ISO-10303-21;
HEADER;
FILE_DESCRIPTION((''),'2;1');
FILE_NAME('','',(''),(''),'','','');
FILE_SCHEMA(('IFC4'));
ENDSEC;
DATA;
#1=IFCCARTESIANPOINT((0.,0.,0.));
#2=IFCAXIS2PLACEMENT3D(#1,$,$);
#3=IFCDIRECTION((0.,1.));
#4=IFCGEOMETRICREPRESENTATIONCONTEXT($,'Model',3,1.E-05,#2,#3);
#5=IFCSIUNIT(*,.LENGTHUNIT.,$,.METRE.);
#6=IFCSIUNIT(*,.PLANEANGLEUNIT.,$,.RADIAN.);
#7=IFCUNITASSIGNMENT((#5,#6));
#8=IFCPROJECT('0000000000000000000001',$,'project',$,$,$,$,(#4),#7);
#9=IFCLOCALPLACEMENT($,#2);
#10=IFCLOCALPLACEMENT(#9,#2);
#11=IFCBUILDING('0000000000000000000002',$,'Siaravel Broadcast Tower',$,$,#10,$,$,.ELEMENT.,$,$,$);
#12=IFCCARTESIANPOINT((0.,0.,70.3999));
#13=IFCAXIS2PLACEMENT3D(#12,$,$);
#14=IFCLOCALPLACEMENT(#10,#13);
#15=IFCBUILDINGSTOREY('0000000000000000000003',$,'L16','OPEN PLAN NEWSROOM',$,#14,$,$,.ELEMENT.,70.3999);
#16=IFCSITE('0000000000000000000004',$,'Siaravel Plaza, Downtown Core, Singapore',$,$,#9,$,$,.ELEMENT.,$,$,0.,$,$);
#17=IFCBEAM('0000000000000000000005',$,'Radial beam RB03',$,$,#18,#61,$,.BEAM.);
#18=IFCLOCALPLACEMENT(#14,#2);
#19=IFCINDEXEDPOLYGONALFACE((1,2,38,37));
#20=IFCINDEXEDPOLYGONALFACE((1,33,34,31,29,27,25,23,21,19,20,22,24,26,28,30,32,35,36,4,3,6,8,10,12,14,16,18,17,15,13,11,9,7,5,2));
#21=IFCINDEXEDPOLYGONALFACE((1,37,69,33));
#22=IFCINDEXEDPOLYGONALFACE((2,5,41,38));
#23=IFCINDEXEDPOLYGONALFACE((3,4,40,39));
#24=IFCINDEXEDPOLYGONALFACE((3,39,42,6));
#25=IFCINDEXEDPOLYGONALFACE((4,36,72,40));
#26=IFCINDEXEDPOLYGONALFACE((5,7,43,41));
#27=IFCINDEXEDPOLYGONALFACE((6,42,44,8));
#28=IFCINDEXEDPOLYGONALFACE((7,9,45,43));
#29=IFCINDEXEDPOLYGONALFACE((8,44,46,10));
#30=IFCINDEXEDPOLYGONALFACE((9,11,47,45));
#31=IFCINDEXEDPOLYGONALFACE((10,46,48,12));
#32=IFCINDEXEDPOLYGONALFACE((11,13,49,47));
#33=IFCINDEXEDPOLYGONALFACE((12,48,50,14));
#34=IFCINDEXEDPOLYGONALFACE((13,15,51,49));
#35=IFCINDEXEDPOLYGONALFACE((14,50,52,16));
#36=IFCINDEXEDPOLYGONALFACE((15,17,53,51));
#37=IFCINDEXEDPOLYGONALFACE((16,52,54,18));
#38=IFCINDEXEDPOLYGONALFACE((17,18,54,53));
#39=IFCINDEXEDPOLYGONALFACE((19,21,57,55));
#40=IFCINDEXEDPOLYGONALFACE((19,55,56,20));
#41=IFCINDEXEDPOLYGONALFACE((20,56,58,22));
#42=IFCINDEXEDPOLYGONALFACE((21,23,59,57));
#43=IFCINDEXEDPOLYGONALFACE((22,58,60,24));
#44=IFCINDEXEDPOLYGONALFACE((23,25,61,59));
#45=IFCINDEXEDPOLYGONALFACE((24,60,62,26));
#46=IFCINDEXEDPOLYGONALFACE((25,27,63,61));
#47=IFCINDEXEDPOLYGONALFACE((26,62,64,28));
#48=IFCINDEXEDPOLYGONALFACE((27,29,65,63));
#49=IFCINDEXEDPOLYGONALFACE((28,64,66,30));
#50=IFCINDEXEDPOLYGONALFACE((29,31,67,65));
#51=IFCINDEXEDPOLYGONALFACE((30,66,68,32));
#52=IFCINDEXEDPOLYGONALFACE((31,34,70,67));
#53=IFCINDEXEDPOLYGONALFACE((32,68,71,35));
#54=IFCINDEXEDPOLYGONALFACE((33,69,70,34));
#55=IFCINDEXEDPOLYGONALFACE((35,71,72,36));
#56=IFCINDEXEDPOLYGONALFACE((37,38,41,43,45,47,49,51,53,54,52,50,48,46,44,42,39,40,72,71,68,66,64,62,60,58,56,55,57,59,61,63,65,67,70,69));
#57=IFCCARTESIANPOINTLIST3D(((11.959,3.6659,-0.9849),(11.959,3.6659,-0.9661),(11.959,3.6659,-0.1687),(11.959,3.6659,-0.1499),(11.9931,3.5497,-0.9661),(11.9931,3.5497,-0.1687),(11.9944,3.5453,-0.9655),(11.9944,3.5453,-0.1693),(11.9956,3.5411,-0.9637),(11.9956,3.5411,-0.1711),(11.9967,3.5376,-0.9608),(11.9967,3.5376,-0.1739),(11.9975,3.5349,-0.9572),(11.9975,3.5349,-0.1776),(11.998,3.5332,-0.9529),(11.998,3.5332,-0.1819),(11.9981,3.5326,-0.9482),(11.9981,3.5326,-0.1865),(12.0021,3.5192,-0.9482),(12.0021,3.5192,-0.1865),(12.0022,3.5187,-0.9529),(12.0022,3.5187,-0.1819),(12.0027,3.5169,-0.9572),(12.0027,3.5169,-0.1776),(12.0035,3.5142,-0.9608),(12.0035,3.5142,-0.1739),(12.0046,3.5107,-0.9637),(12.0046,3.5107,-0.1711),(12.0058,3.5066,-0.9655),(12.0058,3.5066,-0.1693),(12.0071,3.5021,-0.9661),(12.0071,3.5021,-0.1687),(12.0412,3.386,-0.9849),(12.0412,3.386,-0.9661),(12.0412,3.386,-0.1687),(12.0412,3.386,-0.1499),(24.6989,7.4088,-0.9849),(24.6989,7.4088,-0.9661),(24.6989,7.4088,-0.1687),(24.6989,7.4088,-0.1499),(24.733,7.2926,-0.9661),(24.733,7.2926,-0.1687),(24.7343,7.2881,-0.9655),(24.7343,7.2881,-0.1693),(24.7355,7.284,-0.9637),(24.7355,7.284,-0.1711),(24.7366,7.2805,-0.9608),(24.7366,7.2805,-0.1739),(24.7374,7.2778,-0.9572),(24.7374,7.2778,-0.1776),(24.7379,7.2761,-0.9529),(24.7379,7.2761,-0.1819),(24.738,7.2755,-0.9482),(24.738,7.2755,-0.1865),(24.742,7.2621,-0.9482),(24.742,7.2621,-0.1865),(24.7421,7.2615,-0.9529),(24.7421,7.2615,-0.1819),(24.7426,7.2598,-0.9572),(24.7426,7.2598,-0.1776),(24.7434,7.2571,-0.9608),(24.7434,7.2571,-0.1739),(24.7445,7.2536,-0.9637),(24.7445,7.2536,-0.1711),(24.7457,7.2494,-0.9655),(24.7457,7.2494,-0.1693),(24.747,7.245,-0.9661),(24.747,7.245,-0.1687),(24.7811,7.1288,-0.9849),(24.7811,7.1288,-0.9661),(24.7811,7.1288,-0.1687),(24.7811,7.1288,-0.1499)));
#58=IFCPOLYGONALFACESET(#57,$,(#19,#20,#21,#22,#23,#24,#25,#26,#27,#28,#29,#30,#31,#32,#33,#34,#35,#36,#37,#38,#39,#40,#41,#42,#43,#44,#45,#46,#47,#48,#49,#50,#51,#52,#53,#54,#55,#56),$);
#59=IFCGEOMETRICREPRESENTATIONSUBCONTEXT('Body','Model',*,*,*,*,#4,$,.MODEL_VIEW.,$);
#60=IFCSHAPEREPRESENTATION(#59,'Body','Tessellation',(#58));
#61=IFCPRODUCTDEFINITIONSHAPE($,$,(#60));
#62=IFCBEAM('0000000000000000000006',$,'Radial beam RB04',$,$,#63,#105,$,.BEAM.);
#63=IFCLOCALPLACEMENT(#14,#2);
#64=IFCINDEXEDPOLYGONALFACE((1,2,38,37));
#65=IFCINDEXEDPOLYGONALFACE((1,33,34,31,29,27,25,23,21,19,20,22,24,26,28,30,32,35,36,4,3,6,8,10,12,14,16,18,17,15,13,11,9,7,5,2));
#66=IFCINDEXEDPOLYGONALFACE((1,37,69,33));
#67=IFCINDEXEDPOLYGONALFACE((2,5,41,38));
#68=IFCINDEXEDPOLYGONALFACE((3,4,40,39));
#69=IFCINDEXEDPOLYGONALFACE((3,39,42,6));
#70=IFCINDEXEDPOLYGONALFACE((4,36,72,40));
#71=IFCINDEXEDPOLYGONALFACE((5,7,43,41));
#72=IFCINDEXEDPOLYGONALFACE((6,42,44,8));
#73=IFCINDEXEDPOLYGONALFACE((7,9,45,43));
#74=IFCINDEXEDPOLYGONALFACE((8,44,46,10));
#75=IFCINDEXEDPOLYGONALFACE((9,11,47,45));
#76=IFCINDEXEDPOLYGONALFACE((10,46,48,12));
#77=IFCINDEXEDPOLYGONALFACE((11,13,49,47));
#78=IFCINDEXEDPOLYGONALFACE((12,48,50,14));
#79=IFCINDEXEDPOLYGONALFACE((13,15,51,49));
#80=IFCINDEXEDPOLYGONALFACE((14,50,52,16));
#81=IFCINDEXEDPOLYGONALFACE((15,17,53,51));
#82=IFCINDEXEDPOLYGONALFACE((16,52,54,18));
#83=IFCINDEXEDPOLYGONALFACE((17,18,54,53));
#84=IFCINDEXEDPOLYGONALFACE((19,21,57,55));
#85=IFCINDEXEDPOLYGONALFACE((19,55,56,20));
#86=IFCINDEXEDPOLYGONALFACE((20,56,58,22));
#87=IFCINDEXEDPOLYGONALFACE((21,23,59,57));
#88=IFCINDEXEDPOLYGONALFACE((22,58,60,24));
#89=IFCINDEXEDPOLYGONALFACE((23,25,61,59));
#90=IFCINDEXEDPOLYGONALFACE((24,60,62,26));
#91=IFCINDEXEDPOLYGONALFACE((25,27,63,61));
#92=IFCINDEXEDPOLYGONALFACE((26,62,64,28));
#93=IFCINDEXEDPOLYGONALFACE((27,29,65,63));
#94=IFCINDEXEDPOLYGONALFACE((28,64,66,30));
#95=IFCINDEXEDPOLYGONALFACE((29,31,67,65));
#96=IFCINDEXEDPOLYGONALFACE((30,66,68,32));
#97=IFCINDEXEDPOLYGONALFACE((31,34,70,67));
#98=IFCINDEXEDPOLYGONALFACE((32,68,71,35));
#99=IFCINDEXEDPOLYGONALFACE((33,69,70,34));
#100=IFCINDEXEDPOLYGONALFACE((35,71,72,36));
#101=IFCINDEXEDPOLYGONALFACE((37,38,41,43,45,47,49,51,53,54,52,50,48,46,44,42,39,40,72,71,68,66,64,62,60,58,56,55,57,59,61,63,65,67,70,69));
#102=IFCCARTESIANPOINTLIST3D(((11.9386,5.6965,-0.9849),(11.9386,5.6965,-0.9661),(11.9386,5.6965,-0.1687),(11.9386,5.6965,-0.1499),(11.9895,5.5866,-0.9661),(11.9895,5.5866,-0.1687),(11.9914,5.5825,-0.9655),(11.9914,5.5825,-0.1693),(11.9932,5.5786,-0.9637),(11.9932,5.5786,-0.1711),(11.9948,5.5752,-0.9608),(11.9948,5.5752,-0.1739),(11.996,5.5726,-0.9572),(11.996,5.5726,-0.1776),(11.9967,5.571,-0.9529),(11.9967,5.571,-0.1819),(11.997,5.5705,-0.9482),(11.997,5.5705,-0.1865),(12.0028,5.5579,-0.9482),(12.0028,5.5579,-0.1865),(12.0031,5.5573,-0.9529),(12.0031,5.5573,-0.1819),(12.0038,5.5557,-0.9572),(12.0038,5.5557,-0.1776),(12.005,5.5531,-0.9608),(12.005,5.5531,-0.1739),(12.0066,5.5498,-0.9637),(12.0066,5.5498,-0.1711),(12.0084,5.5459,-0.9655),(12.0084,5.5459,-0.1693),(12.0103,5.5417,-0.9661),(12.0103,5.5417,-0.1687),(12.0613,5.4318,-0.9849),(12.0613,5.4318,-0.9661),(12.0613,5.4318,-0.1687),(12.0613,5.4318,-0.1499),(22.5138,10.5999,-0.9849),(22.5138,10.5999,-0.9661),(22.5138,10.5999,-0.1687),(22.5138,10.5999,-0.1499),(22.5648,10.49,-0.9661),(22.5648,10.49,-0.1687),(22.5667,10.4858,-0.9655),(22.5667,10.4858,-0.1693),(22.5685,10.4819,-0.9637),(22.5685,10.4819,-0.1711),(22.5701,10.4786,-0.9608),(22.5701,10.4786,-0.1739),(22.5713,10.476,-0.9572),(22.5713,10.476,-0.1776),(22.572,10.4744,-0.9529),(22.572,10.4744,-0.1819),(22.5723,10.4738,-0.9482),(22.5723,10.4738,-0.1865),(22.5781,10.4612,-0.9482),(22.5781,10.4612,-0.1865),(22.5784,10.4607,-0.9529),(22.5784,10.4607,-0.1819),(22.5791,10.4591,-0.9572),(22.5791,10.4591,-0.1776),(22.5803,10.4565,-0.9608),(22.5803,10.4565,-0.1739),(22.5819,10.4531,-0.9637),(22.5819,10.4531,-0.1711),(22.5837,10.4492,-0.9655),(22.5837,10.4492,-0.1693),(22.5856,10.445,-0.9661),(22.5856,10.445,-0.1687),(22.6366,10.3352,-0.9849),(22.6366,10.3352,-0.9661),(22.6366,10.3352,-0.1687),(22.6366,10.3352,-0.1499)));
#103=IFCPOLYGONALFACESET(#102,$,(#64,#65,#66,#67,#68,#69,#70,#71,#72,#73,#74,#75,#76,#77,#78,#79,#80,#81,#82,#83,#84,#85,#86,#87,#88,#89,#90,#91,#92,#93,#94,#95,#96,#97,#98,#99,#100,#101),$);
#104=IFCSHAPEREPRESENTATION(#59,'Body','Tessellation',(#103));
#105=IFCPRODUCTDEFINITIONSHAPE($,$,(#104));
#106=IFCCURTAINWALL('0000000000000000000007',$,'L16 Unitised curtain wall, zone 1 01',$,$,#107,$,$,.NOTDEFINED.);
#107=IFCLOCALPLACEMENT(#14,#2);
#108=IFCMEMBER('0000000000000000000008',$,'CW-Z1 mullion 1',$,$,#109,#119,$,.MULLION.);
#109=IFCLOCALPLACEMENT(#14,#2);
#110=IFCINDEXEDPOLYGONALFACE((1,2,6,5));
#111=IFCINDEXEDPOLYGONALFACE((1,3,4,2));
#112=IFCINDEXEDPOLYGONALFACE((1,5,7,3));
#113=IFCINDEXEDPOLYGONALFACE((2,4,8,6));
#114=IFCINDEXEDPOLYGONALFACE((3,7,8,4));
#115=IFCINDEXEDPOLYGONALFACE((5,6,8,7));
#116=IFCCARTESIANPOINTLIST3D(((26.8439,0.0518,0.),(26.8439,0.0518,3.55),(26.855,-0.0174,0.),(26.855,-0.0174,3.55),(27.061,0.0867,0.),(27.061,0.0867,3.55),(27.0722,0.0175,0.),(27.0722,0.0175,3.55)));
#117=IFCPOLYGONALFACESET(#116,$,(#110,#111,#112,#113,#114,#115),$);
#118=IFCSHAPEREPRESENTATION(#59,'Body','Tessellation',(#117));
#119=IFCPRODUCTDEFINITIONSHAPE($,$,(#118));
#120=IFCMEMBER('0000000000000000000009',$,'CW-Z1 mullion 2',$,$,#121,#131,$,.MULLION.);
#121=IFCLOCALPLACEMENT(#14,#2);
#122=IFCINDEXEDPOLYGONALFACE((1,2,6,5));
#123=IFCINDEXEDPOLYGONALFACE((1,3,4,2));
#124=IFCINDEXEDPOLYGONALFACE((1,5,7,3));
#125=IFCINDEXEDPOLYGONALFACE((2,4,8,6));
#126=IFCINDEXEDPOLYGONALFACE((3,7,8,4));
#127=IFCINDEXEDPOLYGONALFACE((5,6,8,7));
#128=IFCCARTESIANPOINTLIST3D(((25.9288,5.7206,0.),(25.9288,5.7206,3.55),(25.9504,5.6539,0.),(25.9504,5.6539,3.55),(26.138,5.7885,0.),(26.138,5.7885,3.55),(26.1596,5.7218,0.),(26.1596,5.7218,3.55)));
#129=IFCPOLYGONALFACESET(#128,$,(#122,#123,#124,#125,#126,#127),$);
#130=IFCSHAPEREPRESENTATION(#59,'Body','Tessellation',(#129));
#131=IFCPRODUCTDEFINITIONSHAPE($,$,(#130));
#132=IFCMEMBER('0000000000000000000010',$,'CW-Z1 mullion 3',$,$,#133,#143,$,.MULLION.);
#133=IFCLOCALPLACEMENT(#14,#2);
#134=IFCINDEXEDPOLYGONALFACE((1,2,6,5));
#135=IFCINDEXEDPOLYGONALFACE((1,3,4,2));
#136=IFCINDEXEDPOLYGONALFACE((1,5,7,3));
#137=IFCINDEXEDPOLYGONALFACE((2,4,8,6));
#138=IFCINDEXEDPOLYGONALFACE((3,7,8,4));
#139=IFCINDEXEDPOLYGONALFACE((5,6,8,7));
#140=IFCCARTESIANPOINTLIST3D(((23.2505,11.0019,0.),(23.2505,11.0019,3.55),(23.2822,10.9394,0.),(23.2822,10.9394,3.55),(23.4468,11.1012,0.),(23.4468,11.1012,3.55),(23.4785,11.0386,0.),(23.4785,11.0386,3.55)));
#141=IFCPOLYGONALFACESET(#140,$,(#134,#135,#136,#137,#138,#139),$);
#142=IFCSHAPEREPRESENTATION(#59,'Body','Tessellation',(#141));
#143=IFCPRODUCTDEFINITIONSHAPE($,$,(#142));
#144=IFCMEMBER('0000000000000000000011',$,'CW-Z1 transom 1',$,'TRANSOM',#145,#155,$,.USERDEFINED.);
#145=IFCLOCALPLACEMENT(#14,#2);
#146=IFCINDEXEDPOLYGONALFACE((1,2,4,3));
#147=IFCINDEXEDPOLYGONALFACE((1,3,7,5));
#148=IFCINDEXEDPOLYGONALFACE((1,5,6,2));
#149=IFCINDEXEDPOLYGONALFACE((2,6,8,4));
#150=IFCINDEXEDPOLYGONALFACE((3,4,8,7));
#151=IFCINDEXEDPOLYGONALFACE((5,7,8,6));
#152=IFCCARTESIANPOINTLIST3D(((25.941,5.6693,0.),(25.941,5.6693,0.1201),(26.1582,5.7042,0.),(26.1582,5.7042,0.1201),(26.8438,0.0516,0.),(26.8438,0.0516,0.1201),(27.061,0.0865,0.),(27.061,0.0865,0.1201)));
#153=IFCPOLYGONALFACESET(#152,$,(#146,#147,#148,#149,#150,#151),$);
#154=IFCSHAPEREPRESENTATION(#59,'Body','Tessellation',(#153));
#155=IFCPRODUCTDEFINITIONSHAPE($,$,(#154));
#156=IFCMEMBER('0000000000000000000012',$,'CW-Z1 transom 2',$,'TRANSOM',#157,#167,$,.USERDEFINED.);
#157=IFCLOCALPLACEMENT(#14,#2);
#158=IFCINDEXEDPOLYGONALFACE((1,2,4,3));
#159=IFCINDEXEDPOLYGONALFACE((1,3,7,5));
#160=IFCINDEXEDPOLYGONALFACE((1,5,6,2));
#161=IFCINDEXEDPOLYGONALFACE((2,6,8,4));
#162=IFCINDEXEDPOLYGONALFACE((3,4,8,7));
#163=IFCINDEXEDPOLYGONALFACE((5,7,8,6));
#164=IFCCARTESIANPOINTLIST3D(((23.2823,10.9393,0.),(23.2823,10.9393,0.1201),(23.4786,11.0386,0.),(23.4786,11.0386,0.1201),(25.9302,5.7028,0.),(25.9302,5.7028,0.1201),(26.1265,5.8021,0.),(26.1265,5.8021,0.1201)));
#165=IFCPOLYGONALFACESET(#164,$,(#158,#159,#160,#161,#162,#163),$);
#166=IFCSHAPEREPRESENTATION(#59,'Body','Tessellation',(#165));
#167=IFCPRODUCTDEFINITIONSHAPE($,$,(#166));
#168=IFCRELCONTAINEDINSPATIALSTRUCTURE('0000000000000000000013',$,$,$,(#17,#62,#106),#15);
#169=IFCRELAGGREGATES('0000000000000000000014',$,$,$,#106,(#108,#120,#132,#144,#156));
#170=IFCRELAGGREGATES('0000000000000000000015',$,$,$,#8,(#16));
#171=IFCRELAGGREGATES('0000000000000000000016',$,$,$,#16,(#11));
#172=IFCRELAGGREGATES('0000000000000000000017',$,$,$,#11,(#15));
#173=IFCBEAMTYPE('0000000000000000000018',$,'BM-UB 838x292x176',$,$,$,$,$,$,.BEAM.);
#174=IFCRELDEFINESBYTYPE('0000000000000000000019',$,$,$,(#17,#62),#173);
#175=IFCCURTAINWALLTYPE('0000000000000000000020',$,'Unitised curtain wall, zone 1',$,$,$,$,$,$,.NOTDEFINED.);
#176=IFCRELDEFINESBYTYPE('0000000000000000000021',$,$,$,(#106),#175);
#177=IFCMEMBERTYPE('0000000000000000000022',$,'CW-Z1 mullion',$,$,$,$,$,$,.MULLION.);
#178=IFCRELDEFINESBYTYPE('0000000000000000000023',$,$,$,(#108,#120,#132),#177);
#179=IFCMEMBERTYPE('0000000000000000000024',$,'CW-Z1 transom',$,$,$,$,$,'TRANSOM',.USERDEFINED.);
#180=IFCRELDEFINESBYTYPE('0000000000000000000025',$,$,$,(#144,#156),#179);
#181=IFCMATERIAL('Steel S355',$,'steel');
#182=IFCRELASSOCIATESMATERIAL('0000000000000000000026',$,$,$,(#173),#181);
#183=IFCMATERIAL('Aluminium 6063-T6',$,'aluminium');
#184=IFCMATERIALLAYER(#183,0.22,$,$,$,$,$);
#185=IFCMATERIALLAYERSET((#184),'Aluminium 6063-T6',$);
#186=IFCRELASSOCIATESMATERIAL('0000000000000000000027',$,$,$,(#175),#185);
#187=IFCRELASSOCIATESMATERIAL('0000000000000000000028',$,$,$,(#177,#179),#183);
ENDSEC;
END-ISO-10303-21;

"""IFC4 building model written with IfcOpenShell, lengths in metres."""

from ifc_helpers import new_model, si_unit, direction, frame, origin, origin_2d, place, context, subcontext, project, spatial, rectangle, i_section, extrude, material, layer, layer_set, material_profile, profile_set, type_object, element, aggregate, save


model = new_model("IFC4")

# Units and contexts
model_context = context("Model", 3, precision=1e-05, world=origin(), true_north=direction((0.0, 1.0)))
body_context = subcontext(model_context, "Body", "Model", "MODEL_VIEW")
ifc_project = project(units=[si_unit("LENGTHUNIT", "METRE"), si_unit("PLANEANGLEUNIT", "RADIAN")], contexts=[model_context])

# Site, building, storey
site_placement = place(None, origin())
site = spatial("IfcSite", under=ifc_project, at=site_placement, Name="Siaravel Plaza, Downtown Core, Singapore", CompositionType="ELEMENT", RefElevation=0.0)
building_placement = place(site_placement, origin())
building = spatial("IfcBuilding", under=site, at=building_placement, Name="Siaravel Broadcast Tower", CompositionType="ELEMENT")
storey_placement = place(building_placement, frame((0.0, 0.0, 70.3999)))
storey = spatial("IfcBuildingStorey", under=building, at=storey_placement, Name="L16", Description="OPEN PLAN NEWSROOM", CompositionType="ELEMENT", Elevation=70.3999)

# Beams
ifc_material_1 = material(Name="Steel S355", Category="steel")
ifc_material_profile_1 = material_profile(ifc_material_1, i_section(OverallWidth=0.2917, OverallDepth=0.835, WebThickness=0.0139, FlangeThickness=0.0188, FilletRadius=0.0178, at=origin_2d()))
ifc_profile_set_1 = profile_set([ifc_material_profile_1], Name="Steel S355")
beam_type = type_object("IfcBeamType", Name="BM-UB 838x292x176", PredefinedType="BEAM", material=ifc_profile_set_1)
beam_1_placement = place(storey_placement, frame((24.74, 7.2688, -0.5674), z_axis=(-0.95945, -0.28188, 0.0), x_axis=(0.28188, -0.95945, 0.0)))
element("IfcBeam", 1, at=beam_1_placement, inside=storey, type_object=beam_type, Name="Radial beam RB03", PredefinedType="BEAM", context=body_context, shape_type="SweptSolid", body=[
    extrude(i_section(OverallWidth=0.2917, OverallDepth=0.835, WebThickness=0.0139, FlangeThickness=0.0188, FilletRadius=0.0178, at=origin_2d()), origin(), (0.0, 0.0, 1.0), 13.2783),
])
beam_2_placement = place(storey_placement, frame((22.5752, 10.4675, -0.5674), z_axis=(-0.907225, -0.420646, 0.0), x_axis=(0.420646, -0.907225, 0.0)))
element("IfcBeam", 2, at=beam_2_placement, inside=storey, type_object=beam_type, Name="Radial beam RB04", PredefinedType="BEAM", context=body_context, shape_type="SweptSolid", body=[
    extrude(i_section(OverallWidth=0.2917, OverallDepth=0.835, WebThickness=0.0139, FlangeThickness=0.0188, FilletRadius=0.0178, at=origin_2d()), origin(), (0.0, 0.0, 1.0), 11.6567),
])

# Curtain wall, members
ifc_material_2 = material(Name="Aluminium 6063-T6", Category="aluminium")
ifc_layer_1 = layer(ifc_material_2, 0.22)
ifc_layer_set_1 = layer_set([ifc_layer_1], Name="Aluminium 6063-T6")
curtain_wall_type = type_object("IfcCurtainWallType", Name="Unitised curtain wall, zone 1", PredefinedType="NOTDEFINED", material=ifc_layer_set_1)
curtain_wall_placement = place(storey_placement, origin())
curtain_wall = element("IfcCurtainWall", 3, at=curtain_wall_placement, inside=storey, type_object=curtain_wall_type, Name="L16 Unitised curtain wall, zone 1 01", PredefinedType="NOTDEFINED")
ifc_material_profile_2 = material_profile(ifc_material_2, rectangle(XDim=0.22, YDim=0.0701, at=origin_2d()))
ifc_profile_set_2 = profile_set([ifc_material_profile_2], Name="Aluminium 6063-T6")
member_type_1 = type_object("IfcMemberType", Name="CW-Z1 mullion", PredefinedType="MULLION", material=ifc_profile_set_2)
member_1_placement = place(storey_placement, frame((26.958, 0.0347, 0.0), z_axis=(0.0, 0.0, 1.0), x_axis=(-0.987329, -0.158685, 0.0)))
member_1 = element("IfcMember", 4, at=member_1_placement, type_object=member_type_1, Name="CW-Z1 mullion 1", PredefinedType="MULLION", context=body_context, shape_type="SweptSolid", body=[
    extrude(rectangle(XDim=0.22, YDim=0.0701, at=origin_2d()), origin(), (0.0, 0.0, 1.0), 3.55),
])
member_2_placement = place(storey_placement, frame((26.0442, 5.7212, 0.0), z_axis=(0.0, 0.0, 1.0), x_axis=(-0.951177, -0.308645, 0.0)))
member_2 = element("IfcMember", 5, at=member_2_placement, type_object=member_type_1, Name="CW-Z1 mullion 2", PredefinedType="MULLION", context=body_context, shape_type="SweptSolid", body=[
    extrude(rectangle(XDim=0.22, YDim=0.0701, at=origin_2d()), origin(), (0.0, 0.0, 1.0), 3.55),
])
member_3_placement = place(storey_placement, frame((23.3645, 11.0203, 0.0), z_axis=(0.0, 0.0, 1.0), x_axis=(-0.892392, -0.451261, 0.0)))
member_3 = element("IfcMember", 6, at=member_3_placement, type_object=member_type_1, Name="CW-Z1 mullion 3", PredefinedType="MULLION", context=body_context, shape_type="SweptSolid", body=[
    extrude(rectangle(XDim=0.22, YDim=0.0701, at=origin_2d()), origin(), (0.0, 0.0, 1.0), 3.55),
])
ifc_material_profile_3 = material_profile(ifc_material_2, rectangle(XDim=0.22, YDim=0.1201, at=origin_2d()))
ifc_profile_set_3 = profile_set([ifc_material_profile_3], Name="Aluminium 6063-T6")
member_type_2 = type_object("IfcMemberType", Name="CW-Z1 transom", ElementType="TRANSOM", PredefinedType="USERDEFINED", material=ifc_profile_set_3)
member_4_placement = place(storey_placement, frame((26.9524, 0.0691, 0.0601), z_axis=(-0.158677, 0.987331, 0.0), x_axis=(-0.987331, -0.158677, 0.0)))
member_4 = element("IfcMember", 7, at=member_4_placement, type_object=member_type_2, Name="CW-Z1 transom 1", ObjectType="TRANSOM", PredefinedType="USERDEFINED", context=body_context, shape_type="SweptSolid", body=[
    extrude(rectangle(XDim=0.22, YDim=0.1201, at=origin_2d()), origin(), (0.0, 0.0, 1.0), 5.6897),
])
member_5_placement = place(storey_placement, frame((26.0283, 5.7524, 0.0601), z_axis=(-0.451253, 0.892396, 0.0), x_axis=(-0.892396, -0.451253, 0.0)))
member_5 = element("IfcMember", 8, at=member_5_placement, type_object=member_type_2, Name="CW-Z1 transom 2", ObjectType="TRANSOM", PredefinedType="USERDEFINED", context=body_context, shape_type="SweptSolid", body=[
    extrude(rectangle(XDim=0.22, YDim=0.1201, at=origin_2d()), origin(), (0.0, 0.0, 1.0), 5.8679),
])

aggregate(curtain_wall, [member_1, member_2, member_3, member_4, member_5])

save(model, "model.ifc")
